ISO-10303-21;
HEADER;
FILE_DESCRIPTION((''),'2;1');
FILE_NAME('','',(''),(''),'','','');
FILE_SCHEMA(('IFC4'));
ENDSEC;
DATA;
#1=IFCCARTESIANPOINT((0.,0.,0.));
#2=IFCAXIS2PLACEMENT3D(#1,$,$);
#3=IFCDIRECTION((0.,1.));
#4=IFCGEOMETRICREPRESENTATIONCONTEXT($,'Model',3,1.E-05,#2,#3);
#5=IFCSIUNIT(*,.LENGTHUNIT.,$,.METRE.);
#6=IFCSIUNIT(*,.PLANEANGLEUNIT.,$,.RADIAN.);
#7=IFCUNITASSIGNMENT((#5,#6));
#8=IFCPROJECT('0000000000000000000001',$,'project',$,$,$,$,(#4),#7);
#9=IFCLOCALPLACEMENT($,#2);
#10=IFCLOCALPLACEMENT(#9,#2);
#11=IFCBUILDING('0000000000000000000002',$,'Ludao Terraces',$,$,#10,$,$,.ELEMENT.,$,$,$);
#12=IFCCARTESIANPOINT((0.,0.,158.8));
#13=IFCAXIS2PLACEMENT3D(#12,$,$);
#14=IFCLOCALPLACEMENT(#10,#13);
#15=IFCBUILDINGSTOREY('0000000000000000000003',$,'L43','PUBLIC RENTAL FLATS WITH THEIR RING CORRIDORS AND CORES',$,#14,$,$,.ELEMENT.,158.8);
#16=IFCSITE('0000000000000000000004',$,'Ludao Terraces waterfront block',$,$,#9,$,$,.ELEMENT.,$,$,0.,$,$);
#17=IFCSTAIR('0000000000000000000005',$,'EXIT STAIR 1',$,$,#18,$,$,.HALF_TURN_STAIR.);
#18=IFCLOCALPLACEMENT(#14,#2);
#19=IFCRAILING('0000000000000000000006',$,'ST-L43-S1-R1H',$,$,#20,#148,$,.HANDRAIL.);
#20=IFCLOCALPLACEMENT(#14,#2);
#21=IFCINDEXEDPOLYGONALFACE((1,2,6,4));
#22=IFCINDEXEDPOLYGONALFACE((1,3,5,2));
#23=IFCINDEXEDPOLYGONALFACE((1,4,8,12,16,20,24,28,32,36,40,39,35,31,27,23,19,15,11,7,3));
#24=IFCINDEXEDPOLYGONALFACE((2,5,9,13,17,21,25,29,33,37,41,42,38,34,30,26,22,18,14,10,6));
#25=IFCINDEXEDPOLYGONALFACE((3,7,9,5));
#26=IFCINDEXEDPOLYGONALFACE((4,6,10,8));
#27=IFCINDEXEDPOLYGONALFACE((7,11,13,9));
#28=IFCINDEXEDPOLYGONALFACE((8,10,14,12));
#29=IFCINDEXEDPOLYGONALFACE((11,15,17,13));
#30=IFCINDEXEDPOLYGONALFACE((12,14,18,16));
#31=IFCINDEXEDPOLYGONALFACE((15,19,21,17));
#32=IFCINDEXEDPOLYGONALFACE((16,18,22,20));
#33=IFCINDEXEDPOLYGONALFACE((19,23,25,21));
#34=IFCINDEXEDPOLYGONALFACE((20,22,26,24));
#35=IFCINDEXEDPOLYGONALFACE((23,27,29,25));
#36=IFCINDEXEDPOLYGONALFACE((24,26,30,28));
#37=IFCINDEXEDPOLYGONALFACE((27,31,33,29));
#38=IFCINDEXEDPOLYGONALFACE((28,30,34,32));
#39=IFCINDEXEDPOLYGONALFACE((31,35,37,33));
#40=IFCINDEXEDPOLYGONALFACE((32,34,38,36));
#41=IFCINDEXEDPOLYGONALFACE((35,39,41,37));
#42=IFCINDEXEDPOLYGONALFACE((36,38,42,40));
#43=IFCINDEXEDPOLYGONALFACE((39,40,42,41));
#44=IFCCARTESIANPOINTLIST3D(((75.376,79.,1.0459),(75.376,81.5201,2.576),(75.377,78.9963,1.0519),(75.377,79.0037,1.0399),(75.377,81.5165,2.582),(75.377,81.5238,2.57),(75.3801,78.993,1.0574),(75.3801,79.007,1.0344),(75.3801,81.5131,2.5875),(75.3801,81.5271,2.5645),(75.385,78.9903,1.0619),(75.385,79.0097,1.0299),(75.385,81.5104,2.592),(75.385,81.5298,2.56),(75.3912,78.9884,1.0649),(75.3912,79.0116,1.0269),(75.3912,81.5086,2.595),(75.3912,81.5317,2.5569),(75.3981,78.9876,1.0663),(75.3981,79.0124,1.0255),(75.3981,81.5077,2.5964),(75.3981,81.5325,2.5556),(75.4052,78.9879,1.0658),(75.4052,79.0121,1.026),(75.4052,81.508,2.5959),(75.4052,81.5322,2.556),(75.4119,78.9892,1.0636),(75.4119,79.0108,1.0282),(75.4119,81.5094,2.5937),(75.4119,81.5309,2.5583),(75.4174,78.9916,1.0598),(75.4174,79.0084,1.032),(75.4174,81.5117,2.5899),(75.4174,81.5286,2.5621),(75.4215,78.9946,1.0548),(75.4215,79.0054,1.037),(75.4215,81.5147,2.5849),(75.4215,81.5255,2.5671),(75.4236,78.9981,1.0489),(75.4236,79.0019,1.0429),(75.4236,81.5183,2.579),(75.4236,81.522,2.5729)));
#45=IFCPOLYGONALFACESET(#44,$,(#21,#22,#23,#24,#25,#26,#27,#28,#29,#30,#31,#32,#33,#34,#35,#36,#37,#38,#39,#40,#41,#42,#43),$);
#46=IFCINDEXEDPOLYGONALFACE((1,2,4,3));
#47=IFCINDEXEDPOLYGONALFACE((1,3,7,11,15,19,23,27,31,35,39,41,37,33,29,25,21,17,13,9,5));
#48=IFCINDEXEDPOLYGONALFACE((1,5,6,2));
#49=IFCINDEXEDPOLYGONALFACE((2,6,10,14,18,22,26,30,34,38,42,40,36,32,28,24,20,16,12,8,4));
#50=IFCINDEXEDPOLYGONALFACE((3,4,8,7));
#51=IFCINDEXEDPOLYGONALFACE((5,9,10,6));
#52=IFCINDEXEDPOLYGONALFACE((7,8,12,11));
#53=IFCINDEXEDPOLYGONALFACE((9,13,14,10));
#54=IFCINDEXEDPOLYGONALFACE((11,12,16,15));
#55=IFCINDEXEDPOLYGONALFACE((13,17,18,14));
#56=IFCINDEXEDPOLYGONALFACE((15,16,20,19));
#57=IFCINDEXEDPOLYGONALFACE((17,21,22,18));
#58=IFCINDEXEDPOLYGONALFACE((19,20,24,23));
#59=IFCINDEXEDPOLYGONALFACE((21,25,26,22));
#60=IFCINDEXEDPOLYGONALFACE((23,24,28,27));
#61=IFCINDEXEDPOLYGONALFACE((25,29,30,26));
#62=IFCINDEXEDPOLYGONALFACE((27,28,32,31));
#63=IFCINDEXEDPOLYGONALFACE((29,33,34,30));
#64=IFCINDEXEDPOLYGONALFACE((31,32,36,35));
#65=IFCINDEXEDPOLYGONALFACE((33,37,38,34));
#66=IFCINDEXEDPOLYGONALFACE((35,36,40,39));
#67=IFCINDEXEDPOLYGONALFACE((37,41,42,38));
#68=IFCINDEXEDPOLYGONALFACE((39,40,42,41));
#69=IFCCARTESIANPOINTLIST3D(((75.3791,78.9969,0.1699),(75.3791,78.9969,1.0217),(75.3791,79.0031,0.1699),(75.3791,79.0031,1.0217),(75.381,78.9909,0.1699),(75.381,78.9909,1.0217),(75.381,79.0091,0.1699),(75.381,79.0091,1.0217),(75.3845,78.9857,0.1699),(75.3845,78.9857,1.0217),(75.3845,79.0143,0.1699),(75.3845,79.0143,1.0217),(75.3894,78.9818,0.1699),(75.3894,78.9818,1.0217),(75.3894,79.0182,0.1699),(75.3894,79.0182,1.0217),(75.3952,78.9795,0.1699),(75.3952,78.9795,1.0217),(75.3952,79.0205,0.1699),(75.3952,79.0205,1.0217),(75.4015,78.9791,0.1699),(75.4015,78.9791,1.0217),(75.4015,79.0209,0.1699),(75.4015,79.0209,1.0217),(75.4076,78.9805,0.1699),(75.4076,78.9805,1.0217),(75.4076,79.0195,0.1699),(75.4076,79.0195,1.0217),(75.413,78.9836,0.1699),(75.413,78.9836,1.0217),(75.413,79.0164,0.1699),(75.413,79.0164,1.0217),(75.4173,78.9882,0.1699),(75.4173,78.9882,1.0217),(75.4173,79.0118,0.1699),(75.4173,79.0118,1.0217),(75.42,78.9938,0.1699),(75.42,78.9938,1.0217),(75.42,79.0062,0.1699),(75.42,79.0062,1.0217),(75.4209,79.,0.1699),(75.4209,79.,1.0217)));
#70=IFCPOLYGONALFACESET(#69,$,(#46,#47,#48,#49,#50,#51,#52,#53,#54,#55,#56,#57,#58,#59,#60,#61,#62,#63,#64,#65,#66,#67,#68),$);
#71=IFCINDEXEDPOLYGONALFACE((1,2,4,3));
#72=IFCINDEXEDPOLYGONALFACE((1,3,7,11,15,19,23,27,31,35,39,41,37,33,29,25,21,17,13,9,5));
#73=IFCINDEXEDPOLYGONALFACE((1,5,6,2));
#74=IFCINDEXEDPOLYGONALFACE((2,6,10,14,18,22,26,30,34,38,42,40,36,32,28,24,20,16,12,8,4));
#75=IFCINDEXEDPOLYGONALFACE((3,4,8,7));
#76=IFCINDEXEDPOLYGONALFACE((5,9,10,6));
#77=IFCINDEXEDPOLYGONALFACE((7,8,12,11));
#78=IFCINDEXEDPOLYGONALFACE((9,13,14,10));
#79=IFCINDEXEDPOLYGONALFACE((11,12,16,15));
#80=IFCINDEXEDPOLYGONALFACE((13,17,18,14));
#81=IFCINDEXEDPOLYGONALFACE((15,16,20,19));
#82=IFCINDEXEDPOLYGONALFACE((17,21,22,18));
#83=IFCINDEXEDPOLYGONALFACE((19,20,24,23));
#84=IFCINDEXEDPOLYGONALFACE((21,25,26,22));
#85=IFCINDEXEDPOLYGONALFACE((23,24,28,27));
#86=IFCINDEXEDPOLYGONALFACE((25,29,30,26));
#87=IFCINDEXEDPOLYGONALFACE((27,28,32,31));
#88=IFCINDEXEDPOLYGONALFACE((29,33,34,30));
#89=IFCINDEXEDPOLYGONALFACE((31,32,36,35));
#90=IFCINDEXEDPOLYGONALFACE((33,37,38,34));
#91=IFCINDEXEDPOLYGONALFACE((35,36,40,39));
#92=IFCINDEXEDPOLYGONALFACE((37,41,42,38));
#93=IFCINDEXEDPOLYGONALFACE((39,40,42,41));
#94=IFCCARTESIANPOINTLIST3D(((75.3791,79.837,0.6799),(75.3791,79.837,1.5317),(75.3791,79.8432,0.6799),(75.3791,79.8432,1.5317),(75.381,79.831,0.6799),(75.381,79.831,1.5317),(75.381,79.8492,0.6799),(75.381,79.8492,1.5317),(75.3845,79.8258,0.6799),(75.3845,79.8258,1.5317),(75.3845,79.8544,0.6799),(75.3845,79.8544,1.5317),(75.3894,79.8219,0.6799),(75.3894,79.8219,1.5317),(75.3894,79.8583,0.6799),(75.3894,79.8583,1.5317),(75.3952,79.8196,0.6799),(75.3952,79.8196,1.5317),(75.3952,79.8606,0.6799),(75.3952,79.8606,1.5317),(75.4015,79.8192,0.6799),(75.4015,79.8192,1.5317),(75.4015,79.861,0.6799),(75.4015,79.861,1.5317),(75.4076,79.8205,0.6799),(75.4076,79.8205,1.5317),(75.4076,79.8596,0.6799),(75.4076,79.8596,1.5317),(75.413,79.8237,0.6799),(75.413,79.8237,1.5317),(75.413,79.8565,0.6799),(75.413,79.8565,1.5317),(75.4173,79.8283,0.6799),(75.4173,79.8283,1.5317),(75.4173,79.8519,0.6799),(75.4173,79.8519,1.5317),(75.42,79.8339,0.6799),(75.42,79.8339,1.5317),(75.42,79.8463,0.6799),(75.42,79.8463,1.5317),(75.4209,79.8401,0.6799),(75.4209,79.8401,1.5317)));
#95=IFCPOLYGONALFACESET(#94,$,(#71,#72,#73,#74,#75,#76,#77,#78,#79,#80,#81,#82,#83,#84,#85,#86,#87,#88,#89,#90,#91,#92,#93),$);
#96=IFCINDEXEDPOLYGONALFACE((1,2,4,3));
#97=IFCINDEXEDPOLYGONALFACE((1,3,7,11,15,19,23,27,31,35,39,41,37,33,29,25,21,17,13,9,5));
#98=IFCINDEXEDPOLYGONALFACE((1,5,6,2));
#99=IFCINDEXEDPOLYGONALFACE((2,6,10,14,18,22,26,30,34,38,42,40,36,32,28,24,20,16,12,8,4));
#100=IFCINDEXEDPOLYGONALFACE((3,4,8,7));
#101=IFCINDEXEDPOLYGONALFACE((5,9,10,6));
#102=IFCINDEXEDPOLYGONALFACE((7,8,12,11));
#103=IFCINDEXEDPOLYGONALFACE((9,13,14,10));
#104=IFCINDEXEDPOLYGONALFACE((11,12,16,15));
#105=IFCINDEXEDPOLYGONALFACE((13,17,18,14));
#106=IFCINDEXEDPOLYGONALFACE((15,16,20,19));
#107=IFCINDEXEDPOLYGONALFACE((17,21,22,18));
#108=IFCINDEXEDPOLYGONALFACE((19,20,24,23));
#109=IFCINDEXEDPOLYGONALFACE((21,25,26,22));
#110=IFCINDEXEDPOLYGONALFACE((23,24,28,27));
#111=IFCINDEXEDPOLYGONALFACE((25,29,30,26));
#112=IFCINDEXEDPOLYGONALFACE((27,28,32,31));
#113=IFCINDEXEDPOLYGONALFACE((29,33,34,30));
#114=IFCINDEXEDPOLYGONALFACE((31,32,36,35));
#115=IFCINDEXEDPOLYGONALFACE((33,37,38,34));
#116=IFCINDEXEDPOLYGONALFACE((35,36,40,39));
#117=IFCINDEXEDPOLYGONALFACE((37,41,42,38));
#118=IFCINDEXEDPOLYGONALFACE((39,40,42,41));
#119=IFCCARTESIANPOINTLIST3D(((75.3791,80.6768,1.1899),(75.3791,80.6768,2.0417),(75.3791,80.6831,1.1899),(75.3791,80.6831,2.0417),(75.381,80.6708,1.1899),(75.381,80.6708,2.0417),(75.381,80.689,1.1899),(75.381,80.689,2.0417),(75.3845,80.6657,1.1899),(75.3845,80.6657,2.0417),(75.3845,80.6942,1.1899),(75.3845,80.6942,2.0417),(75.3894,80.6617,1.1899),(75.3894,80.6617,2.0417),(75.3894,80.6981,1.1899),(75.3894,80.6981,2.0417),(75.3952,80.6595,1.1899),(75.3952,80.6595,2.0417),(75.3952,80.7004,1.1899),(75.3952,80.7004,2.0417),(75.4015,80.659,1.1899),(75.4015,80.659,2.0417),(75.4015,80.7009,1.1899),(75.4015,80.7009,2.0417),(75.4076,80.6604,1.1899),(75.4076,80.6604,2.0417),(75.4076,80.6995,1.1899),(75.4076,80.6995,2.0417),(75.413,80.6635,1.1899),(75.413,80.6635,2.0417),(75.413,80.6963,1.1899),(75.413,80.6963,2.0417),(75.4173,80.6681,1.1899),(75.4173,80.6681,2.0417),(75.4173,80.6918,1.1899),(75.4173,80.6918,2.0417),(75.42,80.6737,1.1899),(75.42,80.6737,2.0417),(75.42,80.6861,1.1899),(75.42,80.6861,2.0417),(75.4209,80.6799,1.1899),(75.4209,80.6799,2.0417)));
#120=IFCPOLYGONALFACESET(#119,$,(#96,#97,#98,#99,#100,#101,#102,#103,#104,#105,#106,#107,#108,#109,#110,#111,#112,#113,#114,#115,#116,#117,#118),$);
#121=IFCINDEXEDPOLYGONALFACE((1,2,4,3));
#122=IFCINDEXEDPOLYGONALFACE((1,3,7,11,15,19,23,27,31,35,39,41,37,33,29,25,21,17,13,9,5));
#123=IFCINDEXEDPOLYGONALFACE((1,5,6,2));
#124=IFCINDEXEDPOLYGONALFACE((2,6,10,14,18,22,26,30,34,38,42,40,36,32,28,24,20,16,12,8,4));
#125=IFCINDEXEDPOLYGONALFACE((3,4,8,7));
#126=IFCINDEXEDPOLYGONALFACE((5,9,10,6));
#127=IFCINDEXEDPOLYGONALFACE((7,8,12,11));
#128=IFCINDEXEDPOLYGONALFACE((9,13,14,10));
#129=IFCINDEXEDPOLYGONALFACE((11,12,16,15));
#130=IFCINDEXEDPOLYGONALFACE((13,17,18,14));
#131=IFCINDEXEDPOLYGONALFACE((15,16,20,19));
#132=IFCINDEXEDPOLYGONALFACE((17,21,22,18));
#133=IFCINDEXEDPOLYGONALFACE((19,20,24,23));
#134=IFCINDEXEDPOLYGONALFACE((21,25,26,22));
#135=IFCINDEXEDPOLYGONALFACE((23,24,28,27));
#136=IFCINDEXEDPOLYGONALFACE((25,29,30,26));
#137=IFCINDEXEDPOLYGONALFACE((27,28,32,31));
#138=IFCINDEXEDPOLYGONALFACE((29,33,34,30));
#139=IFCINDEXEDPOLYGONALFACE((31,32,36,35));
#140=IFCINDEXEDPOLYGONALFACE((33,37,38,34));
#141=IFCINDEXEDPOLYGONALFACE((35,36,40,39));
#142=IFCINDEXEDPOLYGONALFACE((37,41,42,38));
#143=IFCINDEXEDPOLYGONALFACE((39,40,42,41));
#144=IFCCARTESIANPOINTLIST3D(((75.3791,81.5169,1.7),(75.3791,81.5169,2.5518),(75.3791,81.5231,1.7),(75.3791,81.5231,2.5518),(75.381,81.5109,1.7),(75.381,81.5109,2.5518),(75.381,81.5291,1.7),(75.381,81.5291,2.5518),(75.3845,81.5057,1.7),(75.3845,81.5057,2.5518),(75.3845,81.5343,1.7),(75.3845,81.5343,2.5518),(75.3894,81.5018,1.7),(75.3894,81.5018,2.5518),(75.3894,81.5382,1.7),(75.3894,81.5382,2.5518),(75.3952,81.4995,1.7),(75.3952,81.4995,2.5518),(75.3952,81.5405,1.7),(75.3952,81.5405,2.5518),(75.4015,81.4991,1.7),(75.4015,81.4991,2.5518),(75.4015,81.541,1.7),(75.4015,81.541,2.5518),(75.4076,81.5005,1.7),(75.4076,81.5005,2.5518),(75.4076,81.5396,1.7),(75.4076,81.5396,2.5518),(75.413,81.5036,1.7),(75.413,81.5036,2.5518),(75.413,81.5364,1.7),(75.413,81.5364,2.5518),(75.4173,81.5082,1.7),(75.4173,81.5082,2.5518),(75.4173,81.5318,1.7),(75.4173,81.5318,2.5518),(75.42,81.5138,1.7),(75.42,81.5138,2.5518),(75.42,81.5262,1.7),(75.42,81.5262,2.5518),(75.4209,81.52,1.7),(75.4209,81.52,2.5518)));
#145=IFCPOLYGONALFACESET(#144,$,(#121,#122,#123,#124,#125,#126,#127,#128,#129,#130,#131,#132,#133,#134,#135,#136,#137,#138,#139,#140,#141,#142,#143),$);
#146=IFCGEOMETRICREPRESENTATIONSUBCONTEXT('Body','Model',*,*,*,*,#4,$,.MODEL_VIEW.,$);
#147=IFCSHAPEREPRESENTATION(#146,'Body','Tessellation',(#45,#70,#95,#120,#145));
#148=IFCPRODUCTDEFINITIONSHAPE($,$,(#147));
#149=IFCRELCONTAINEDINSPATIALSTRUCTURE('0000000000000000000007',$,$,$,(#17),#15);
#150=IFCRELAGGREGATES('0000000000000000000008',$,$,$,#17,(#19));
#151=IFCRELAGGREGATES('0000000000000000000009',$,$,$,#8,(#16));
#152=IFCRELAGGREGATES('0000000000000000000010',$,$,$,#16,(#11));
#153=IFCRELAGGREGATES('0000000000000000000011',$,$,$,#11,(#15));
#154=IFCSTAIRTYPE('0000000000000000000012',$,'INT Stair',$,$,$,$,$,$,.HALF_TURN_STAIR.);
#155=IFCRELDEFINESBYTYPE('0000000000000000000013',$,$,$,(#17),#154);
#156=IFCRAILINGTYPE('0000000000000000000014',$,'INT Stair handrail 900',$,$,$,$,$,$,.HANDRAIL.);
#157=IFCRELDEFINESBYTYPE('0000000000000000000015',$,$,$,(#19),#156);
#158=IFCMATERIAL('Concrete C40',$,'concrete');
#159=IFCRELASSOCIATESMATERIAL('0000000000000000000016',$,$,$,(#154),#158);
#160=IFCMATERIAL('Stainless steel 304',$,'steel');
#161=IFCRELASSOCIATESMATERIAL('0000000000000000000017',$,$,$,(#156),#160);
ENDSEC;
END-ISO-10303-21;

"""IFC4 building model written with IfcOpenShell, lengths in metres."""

from ifc_helpers import new_model, si_unit, direction, frame, origin, origin_2d, place, context, subcontext, project, spatial, circle, extrude, material, type_object, element, aggregate, save


model = new_model("IFC4")

# Units and contexts
model_context = context("Model", 3, precision=1e-05, world=origin(), true_north=direction((0.0, 1.0)))
body_context = subcontext(model_context, "Body", "Model", "MODEL_VIEW")
ifc_project = project(units=[si_unit("LENGTHUNIT", "METRE"), si_unit("PLANEANGLEUNIT", "RADIAN")], contexts=[model_context])

# Site, building, storey
site_placement = place(None, origin())
site = spatial("IfcSite", under=ifc_project, at=site_placement, Name="Ludao Terraces waterfront block", CompositionType="ELEMENT", RefElevation=0.0)
building_placement = place(site_placement, origin())
building = spatial("IfcBuilding", under=site, at=building_placement, Name="Ludao Terraces", CompositionType="ELEMENT")
storey_placement = place(building_placement, frame((0.0, 0.0, 158.8)))
storey = spatial("IfcBuildingStorey", under=building, at=storey_placement, Name="L43", Description="PUBLIC RENTAL FLATS WITH THEIR RING CORRIDORS AND CORES", CompositionType="ELEMENT", Elevation=158.8)

# Shared definitions
ifc_material_1 = material(Name="Concrete C40", Category="concrete")

# Stair, railing
stair_type = type_object("IfcStairType", Name="INT Stair", PredefinedType="HALF_TURN_STAIR", material=ifc_material_1)
stair_placement = place(storey_placement, origin())
stair = element("IfcStair", 1, at=stair_placement, inside=storey, type_object=stair_type, Name="EXIT STAIR 1", PredefinedType="HALF_TURN_STAIR")
ifc_material_2 = material(Name="Stainless steel 304", Category="steel")
railing_type = type_object("IfcRailingType", Name="INT Stair handrail 900", PredefinedType="HANDRAIL", material=ifc_material_2)
railing_placement = place(storey_placement, frame((75.3999, 79.0, 0.1699)))
railing = element("IfcRailing", 2, at=railing_placement, type_object=railing_type, Name="ST-L43-S1-R1H", PredefinedType="HANDRAIL", context=body_context, shape_type="SweptSolid", body=[
    extrude(circle(Radius=0.0239, at=origin_2d()), frame((0.0, 0.0, 0.876), z_axis=(0.0, 0.854785, 0.518982), x_axis=(-1.0, 0.0, 0.0)), (0.0, 0.0, 1.0), 2.9482),
    extrude(circle(Radius=0.021, at=origin_2d()), origin(), (0.0, 0.0, 1.0), 0.8518),
    extrude(circle(Radius=0.021, at=origin_2d()), frame((0.0, 0.8401, 0.51)), (0.0, 0.0, 1.0), 0.8518),
    extrude(circle(Radius=0.021, at=origin_2d()), frame((0.0, 1.6799, 1.02)), (0.0, 0.0, 1.0), 0.8518),
    extrude(circle(Radius=0.021, at=origin_2d()), frame((0.0, 2.52, 1.53)), (0.0, 0.0, 1.0), 0.8518),
])
aggregate(stair, [railing])

save(model, "model.ifc")
